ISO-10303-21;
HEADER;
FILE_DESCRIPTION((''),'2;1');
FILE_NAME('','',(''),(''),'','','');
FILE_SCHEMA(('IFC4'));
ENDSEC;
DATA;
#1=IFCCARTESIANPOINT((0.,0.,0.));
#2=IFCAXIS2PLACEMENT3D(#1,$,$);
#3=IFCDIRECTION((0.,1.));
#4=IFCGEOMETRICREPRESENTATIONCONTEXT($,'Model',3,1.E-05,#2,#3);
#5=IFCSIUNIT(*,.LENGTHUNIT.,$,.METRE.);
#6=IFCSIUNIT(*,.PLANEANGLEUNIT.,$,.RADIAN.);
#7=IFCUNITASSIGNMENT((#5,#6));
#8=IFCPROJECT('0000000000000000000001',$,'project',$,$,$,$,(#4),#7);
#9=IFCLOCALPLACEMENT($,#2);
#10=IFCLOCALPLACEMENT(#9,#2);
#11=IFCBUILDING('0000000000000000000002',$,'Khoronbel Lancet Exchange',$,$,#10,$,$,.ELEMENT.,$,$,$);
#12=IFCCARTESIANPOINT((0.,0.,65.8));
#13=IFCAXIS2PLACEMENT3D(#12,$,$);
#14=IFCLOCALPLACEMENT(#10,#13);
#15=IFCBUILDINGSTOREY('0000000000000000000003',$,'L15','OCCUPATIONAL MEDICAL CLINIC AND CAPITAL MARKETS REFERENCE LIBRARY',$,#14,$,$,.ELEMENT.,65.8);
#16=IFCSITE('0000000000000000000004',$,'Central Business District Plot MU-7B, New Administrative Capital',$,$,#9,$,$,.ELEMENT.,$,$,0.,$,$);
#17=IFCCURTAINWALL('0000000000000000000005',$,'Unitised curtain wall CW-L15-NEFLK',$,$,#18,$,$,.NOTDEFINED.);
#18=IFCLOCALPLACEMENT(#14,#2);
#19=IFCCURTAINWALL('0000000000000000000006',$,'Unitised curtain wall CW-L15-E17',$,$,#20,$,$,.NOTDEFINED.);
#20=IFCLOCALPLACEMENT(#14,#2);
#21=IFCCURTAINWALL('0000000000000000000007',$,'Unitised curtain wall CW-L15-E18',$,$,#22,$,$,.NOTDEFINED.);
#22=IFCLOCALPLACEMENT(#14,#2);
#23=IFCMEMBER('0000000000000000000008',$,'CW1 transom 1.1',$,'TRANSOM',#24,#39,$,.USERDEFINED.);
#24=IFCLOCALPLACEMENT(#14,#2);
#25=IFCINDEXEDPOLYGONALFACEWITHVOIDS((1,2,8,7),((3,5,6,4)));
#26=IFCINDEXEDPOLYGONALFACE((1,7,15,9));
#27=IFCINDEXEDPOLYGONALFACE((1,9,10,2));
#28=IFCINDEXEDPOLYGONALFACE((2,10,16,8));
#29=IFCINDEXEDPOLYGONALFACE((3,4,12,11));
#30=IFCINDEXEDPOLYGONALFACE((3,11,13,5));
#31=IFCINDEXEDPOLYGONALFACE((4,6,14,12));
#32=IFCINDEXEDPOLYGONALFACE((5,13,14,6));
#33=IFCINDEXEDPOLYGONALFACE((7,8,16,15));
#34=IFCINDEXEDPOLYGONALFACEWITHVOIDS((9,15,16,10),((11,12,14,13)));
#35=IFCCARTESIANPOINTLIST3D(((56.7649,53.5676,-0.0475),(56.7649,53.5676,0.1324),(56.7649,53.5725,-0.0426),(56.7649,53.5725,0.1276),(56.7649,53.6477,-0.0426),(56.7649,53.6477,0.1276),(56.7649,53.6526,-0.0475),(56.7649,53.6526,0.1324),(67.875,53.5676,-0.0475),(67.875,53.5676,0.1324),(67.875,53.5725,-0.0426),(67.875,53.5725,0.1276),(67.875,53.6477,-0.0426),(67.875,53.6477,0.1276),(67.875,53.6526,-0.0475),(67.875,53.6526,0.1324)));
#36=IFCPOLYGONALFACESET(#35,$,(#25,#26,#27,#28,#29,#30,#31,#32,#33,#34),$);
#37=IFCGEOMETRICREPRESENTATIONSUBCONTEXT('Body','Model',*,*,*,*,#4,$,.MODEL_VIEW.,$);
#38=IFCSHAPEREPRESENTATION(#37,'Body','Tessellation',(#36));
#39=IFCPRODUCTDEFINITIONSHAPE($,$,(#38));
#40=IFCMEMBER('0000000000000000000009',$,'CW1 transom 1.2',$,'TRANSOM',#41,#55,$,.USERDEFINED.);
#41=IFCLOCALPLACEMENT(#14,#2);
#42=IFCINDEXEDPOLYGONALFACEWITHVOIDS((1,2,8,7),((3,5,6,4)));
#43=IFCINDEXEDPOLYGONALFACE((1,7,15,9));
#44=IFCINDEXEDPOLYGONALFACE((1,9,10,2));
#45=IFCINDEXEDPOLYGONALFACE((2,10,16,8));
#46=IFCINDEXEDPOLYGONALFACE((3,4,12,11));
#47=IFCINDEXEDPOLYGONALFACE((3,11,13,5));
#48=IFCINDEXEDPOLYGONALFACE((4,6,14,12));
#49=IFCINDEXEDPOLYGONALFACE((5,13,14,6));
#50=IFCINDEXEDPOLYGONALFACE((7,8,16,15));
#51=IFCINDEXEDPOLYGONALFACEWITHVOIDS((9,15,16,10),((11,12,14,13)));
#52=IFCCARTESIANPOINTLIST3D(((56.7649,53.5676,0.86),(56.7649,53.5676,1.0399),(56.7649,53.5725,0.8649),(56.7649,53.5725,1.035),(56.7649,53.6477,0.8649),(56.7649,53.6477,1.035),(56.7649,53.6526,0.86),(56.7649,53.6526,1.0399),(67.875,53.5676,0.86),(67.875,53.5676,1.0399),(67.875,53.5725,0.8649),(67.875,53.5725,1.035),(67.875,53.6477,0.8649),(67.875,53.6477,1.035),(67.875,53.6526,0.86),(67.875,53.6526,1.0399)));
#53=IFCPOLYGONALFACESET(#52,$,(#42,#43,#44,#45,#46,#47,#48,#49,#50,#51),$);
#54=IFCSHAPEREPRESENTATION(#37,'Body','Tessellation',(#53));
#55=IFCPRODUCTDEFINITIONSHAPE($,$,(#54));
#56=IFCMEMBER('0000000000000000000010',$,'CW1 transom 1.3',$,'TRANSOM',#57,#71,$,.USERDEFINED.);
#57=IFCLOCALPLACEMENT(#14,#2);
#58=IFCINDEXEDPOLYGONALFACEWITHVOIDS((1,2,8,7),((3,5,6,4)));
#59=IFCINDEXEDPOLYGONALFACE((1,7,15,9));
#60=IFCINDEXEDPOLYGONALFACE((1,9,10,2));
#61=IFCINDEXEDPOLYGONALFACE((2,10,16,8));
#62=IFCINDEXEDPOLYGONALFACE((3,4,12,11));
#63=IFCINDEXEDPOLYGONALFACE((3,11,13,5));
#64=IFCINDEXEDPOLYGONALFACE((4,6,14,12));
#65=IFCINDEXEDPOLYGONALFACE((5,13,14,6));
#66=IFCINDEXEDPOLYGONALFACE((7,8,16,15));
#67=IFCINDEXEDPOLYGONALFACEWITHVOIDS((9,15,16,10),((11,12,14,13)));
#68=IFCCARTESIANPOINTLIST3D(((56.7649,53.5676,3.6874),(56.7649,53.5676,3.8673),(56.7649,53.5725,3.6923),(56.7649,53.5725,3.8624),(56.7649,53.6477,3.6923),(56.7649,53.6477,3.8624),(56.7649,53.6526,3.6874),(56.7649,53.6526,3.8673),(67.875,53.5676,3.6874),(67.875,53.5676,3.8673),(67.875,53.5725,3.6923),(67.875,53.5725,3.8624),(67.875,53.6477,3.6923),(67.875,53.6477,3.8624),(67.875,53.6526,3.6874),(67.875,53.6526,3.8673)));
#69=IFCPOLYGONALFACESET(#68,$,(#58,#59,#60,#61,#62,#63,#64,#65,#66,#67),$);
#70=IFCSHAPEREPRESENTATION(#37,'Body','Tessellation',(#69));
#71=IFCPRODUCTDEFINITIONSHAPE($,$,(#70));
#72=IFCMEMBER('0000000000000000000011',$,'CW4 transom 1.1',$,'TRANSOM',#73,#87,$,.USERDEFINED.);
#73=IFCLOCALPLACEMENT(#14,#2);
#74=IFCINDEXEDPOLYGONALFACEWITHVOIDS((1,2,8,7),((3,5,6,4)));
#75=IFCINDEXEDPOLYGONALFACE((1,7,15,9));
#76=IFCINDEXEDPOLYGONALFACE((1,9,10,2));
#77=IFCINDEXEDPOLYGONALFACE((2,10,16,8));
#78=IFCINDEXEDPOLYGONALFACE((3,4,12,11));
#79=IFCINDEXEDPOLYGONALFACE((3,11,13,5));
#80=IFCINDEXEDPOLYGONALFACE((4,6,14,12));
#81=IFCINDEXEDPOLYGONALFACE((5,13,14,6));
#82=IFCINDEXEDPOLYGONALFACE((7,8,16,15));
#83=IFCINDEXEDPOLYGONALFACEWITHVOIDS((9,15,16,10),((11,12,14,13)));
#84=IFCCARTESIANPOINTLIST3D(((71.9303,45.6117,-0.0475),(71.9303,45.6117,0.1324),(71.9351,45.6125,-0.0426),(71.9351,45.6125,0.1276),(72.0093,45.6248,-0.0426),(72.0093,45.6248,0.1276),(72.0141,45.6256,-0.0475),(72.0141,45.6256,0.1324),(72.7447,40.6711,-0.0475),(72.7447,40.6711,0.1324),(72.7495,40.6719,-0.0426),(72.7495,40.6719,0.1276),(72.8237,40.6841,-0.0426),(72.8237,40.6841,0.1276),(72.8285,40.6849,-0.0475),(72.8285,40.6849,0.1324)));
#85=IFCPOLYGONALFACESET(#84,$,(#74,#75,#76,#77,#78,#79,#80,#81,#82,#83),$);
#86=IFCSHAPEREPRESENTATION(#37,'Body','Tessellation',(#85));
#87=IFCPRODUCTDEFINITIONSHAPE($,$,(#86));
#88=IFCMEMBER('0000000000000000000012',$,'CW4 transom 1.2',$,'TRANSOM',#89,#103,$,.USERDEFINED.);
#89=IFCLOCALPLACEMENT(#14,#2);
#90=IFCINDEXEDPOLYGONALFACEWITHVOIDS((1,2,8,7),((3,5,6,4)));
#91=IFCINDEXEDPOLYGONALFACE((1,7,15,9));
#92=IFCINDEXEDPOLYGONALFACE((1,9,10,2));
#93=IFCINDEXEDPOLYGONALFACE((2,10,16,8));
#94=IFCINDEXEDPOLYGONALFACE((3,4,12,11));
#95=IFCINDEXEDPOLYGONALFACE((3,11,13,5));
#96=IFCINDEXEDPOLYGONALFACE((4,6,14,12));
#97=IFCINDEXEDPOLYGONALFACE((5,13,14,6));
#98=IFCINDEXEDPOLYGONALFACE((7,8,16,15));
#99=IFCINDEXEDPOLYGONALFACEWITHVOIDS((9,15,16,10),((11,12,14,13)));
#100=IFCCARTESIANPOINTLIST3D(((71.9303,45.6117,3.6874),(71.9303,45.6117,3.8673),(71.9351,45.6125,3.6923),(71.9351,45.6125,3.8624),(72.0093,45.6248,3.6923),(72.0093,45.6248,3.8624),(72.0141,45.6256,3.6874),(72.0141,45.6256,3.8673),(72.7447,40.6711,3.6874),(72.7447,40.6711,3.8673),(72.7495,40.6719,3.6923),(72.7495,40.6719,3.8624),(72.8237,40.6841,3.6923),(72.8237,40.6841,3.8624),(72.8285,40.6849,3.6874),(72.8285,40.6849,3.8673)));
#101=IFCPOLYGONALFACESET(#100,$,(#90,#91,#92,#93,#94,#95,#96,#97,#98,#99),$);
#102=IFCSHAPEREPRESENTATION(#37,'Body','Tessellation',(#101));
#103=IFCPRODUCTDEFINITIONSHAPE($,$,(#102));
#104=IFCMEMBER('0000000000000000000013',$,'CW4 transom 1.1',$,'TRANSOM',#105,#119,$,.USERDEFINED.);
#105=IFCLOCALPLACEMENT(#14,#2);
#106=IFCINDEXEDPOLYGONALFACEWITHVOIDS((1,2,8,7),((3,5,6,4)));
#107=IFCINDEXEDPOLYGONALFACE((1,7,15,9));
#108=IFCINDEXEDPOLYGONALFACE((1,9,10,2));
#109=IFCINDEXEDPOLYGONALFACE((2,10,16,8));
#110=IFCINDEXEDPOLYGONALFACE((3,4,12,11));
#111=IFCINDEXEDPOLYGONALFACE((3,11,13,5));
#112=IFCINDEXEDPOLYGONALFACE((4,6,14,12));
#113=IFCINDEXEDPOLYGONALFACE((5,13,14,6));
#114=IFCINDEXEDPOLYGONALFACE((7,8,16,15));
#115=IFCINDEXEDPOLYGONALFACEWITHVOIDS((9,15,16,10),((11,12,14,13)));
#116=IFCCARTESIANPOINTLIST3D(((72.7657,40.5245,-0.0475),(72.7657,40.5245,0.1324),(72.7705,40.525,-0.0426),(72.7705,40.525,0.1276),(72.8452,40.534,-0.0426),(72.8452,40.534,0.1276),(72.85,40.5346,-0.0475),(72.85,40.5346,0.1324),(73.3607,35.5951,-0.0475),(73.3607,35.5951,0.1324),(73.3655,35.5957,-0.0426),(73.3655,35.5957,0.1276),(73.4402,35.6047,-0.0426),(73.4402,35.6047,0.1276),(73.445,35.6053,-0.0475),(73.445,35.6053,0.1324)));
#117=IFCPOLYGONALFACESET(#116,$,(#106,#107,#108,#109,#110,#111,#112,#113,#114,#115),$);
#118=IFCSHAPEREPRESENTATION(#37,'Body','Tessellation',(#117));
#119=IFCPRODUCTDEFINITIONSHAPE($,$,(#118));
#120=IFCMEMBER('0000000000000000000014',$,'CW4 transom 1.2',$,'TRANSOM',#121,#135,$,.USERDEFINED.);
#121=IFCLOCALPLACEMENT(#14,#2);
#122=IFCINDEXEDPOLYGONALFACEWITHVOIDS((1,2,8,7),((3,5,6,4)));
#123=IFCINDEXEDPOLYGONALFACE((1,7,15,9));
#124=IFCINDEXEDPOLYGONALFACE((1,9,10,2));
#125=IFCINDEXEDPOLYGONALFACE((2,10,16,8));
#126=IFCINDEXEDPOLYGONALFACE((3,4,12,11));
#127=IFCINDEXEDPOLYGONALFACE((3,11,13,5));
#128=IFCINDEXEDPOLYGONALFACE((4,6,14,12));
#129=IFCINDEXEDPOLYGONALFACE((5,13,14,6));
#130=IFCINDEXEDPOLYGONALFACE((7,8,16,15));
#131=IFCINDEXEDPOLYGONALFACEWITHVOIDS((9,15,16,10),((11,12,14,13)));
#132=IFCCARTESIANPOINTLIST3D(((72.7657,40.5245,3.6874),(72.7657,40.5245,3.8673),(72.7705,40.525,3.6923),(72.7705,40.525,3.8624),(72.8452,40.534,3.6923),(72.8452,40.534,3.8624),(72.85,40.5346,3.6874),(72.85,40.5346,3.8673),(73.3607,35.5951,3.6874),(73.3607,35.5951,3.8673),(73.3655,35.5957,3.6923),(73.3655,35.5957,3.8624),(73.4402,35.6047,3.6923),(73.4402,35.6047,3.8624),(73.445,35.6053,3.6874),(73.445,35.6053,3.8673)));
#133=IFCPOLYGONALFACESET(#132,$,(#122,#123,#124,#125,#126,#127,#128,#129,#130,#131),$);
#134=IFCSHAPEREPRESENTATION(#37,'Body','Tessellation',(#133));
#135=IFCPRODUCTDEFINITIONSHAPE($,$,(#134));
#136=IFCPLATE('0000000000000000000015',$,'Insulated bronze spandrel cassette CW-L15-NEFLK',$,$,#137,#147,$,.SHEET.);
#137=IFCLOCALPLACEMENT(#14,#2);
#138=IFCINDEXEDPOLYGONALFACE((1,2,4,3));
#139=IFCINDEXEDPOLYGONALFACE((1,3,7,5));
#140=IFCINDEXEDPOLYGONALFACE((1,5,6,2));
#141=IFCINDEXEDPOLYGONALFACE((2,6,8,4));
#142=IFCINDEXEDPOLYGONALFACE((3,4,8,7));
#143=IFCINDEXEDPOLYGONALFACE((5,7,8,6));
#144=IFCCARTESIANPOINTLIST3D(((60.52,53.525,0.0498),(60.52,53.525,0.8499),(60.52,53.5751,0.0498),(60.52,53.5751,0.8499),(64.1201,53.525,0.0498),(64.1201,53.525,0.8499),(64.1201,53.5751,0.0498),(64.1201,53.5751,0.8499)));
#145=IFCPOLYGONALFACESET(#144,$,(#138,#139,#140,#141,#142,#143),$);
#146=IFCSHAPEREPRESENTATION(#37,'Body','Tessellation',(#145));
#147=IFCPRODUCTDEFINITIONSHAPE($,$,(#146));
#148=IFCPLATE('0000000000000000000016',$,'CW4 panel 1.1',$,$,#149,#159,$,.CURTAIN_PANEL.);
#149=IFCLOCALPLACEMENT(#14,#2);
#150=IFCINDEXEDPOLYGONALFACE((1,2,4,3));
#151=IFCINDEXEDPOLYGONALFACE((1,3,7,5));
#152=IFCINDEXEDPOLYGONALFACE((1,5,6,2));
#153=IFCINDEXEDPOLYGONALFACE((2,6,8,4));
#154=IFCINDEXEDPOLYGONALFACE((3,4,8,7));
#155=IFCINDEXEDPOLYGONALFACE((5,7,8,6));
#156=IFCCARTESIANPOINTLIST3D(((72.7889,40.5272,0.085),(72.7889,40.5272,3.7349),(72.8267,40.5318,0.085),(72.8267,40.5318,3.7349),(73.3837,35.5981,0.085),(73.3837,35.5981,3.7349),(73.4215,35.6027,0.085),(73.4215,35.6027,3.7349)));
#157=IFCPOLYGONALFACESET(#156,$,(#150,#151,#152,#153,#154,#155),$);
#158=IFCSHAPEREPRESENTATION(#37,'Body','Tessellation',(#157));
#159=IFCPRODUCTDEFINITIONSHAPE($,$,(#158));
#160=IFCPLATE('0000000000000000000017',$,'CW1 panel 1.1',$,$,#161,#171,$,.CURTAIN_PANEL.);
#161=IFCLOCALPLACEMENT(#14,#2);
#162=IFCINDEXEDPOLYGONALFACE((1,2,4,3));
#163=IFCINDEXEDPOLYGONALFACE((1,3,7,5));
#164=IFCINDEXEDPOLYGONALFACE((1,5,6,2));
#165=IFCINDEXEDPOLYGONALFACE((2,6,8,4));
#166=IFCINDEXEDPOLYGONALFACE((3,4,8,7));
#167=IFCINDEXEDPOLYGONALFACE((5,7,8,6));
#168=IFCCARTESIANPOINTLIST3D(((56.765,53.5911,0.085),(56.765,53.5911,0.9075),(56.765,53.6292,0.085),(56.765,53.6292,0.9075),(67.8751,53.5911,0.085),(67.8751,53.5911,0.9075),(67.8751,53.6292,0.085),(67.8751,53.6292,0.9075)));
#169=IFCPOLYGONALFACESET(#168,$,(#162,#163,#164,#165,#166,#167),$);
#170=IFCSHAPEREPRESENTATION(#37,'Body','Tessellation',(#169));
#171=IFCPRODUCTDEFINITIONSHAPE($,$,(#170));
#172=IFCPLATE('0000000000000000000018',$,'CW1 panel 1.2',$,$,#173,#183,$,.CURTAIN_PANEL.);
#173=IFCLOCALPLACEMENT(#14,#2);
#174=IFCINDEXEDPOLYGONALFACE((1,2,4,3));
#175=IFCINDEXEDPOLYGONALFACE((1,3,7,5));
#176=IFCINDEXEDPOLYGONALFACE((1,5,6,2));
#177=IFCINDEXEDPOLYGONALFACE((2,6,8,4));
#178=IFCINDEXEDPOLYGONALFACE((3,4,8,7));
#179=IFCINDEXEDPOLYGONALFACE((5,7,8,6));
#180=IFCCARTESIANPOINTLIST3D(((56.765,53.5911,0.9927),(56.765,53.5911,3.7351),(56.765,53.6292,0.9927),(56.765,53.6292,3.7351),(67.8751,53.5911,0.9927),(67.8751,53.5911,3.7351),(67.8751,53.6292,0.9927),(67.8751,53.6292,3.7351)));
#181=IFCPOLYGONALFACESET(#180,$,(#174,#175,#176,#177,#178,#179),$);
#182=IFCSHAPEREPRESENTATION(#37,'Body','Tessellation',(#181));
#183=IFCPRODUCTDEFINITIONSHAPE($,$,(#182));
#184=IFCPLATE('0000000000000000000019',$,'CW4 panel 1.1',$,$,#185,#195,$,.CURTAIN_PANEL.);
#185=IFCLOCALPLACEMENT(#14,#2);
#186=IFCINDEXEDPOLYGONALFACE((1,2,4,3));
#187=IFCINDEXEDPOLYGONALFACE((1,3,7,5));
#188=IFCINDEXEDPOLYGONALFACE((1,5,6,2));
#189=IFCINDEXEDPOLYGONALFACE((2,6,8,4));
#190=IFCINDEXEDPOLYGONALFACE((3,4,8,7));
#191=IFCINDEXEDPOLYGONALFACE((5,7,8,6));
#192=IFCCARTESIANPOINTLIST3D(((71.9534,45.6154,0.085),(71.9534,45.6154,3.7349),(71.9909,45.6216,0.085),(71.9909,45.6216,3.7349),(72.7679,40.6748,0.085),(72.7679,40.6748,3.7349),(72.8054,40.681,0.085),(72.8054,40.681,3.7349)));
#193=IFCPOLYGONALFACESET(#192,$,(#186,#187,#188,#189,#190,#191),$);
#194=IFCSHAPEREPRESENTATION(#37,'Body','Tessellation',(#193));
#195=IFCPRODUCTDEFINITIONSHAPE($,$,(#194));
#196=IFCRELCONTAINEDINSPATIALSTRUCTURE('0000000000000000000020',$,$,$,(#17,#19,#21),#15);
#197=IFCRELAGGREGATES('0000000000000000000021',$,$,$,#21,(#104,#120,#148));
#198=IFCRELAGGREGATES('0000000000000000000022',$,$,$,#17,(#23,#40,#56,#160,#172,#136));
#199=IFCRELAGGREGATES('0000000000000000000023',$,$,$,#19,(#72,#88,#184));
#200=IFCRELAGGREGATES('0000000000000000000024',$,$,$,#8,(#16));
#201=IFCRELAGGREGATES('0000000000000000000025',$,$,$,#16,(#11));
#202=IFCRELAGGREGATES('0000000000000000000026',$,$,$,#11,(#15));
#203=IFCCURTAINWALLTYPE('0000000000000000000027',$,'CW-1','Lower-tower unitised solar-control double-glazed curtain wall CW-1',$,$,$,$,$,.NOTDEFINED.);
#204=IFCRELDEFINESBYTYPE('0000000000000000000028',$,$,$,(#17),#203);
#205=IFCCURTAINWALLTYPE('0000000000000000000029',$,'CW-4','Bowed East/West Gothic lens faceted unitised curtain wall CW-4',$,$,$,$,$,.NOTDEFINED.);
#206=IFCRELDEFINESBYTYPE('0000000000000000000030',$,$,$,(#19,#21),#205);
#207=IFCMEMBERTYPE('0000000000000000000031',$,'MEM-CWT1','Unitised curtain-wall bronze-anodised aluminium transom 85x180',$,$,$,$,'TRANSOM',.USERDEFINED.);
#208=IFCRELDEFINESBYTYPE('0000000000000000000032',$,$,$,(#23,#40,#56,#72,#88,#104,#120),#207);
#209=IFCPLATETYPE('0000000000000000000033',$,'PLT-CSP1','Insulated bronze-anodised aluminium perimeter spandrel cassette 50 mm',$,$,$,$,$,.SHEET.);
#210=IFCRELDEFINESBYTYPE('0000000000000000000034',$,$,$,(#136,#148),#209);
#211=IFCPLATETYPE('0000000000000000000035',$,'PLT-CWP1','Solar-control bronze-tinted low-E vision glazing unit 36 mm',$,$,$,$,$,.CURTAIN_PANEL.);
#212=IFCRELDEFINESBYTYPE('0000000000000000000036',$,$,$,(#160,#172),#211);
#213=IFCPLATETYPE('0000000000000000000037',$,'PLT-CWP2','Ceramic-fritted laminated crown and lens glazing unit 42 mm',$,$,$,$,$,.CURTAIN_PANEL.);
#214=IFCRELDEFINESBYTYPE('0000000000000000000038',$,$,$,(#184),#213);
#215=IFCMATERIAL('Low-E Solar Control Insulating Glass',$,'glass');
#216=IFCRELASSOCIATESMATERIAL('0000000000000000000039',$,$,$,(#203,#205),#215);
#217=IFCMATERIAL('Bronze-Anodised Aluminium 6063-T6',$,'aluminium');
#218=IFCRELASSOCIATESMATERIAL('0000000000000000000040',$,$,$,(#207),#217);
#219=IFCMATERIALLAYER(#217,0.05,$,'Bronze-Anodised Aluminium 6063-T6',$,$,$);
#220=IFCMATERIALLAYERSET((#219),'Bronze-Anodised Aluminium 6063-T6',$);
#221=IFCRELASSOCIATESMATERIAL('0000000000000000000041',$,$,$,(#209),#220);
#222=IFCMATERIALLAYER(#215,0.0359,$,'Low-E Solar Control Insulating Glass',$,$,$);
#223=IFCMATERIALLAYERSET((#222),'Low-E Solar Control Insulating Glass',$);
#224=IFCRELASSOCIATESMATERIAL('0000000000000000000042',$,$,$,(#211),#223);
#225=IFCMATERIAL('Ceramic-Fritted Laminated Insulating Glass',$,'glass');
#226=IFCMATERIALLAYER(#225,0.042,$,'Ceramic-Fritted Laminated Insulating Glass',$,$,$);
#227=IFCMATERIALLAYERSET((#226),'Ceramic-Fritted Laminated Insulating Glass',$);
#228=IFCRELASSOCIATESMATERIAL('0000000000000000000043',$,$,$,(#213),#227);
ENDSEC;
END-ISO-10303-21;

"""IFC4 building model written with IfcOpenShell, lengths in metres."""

from ifc_helpers import new_model, si_unit, direction, frame, origin, origin_2d, place, context, subcontext, project, spatial, rectangle, hollow_rectangle, extrude, material, layer, layer_set, material_profile, profile_set, type_object, element, aggregate, save


model = new_model("IFC4")

# Units and contexts
model_context = context("Model", 3, precision=1e-05, world=origin(), true_north=direction((0.0, 1.0)))
body_context = subcontext(model_context, "Body", "Model", "MODEL_VIEW")
ifc_project = project(units=[si_unit("LENGTHUNIT", "METRE"), si_unit("PLANEANGLEUNIT", "RADIAN")], contexts=[model_context])

# Site, building, storey
site_placement = place(None, origin())
site = spatial("IfcSite", under=ifc_project, at=site_placement, Name="Central Business District Plot MU-7B, New Administrative Capital", CompositionType="ELEMENT", RefElevation=0.0)
building_placement = place(site_placement, origin())
building = spatial("IfcBuilding", under=site, at=building_placement, Name="Khoronbel Lancet Exchange", CompositionType="ELEMENT")
storey_placement = place(building_placement, frame((0.0, 0.0, 65.8)))
storey = spatial("IfcBuildingStorey", under=building, at=storey_placement, Name="L15", Description="OCCUPATIONAL MEDICAL CLINIC AND CAPITAL MARKETS REFERENCE LIBRARY", CompositionType="ELEMENT", Elevation=65.8)

# Curtain wall
ifc_material_1 = material(Name="Low-E Solar Control Insulating Glass", Category="glass")
curtain_wall_type_1 = type_object("IfcCurtainWallType", Name="CW-1", Description="Lower-tower unitised solar-control double-glazed curtain wall CW-1", PredefinedType="NOTDEFINED", material=ifc_material_1)
curtain_wall_1_placement = place(storey_placement, origin())
curtain_wall_1 = element("IfcCurtainWall", 1, at=curtain_wall_1_placement, inside=storey, type_object=curtain_wall_type_1, Name="Unitised curtain wall CW-L15-NEFLK", PredefinedType="NOTDEFINED")
ifc_material_2 = material(Name="Bronze-Anodised Aluminium 6063-T6", Category="aluminium")

# Curtain wall
curtain_wall_type_2 = type_object("IfcCurtainWallType", Name="CW-4", Description="Bowed East/West Gothic lens faceted unitised curtain wall CW-4", PredefinedType="NOTDEFINED", material=ifc_material_1)
curtain_wall_2_placement = place(storey_placement, origin())
curtain_wall_2 = element("IfcCurtainWall", 2, at=curtain_wall_2_placement, inside=storey, type_object=curtain_wall_type_2, Name="Unitised curtain wall CW-L15-E17", PredefinedType="NOTDEFINED")

# Curtain wall
curtain_wall_3_placement = place(storey_placement, origin())
curtain_wall_3 = element("IfcCurtainWall", 3, at=curtain_wall_3_placement, inside=storey, type_object=curtain_wall_type_2, Name="Unitised curtain wall CW-L15-E18", PredefinedType="NOTDEFINED")

# Members
ifc_material_profile_1 = material_profile(ifc_material_2, hollow_rectangle(XDim=0.085, YDim=0.1799, WallThickness=0.0049, at=origin_2d()), Name="ALU TRANSOM 85x180")
ifc_profile_set_1 = profile_set([ifc_material_profile_1], Name="Bronze-Anodised Aluminium 6063-T6")
member_type_1 = type_object("IfcMemberType", Name="MEM-CWT1", Description="Unitised curtain-wall bronze-anodised aluminium transom 85x180", ElementType="TRANSOM", PredefinedType="USERDEFINED", material=ifc_profile_set_1)
member_1_placement = place(storey_placement, frame((67.875, 53.6101, 0.0425), z_axis=(-1.0, 0.0, 0.0), x_axis=(0.0, -1.0, 0.0)))
member_1 = element("IfcMember", 4, at=member_1_placement, type_object=member_type_1, Name="CW1 transom 1.1", ObjectType="TRANSOM", PredefinedType="USERDEFINED", context=body_context, shape_type="SweptSolid", body=[
    extrude(hollow_rectangle(XDim=0.085, YDim=0.1799, WallThickness=0.0049, at=origin_2d()), origin(), (0.0, 0.0, 1.0), 11.1101),
])
member_2_placement = place(storey_placement, frame((67.875, 53.6101, 0.95), z_axis=(-1.0, 0.0, 0.0), x_axis=(0.0, -1.0, 0.0)))
member_2 = element("IfcMember", 5, at=member_2_placement, type_object=member_type_1, Name="CW1 transom 1.2", ObjectType="TRANSOM", PredefinedType="USERDEFINED", context=body_context, shape_type="SweptSolid", body=[
    extrude(hollow_rectangle(XDim=0.085, YDim=0.1799, WallThickness=0.0049, at=origin_2d()), origin(), (0.0, 0.0, 1.0), 11.1101),
])
member_3_placement = place(storey_placement, frame((67.875, 53.6101, 3.7773), z_axis=(-1.0, 0.0, 0.0), x_axis=(0.0, -1.0, 0.0)))
member_3 = element("IfcMember", 6, at=member_3_placement, type_object=member_type_1, Name="CW1 transom 1.3", ObjectType="TRANSOM", PredefinedType="USERDEFINED", context=body_context, shape_type="SweptSolid", body=[
    extrude(hollow_rectangle(XDim=0.085, YDim=0.1799, WallThickness=0.0049, at=origin_2d()), origin(), (0.0, 0.0, 1.0), 11.1101),
])
member_4_placement = place(storey_placement, frame((71.9722, 45.6187, 0.0425), z_axis=(0.162651, -0.986684, 0.0), x_axis=(0.986684, 0.162651, 0.0)))
member_4 = element("IfcMember", 7, at=member_4_placement, type_object=member_type_1, Name="CW4 transom 1.1", ObjectType="TRANSOM", PredefinedType="USERDEFINED", context=body_context, shape_type="SweptSolid", body=[
    extrude(hollow_rectangle(XDim=0.085, YDim=0.1799, WallThickness=0.0049, at=origin_2d()), origin(), (0.0, 0.0, 1.0), 5.0073),
])
member_5_placement = place(storey_placement, frame((71.9722, 45.6187, 3.7773), z_axis=(0.162651, -0.986684, 0.0), x_axis=(0.986684, 0.162651, 0.0)))
member_5 = element("IfcMember", 8, at=member_5_placement, type_object=member_type_1, Name="CW4 transom 1.2", ObjectType="TRANSOM", PredefinedType="USERDEFINED", context=body_context, shape_type="SweptSolid", body=[
    extrude(hollow_rectangle(XDim=0.085, YDim=0.1799, WallThickness=0.0049, at=origin_2d()), origin(), (0.0, 0.0, 1.0), 5.0073),
])
member_6_placement = place(storey_placement, frame((72.8079, 40.5295, 0.0425), z_axis=(0.119834, -0.992794, 0.0), x_axis=(0.992794, 0.119834, 0.0)))
member_6 = element("IfcMember", 9, at=member_6_placement, type_object=member_type_1, Name="CW4 transom 1.1", ObjectType="TRANSOM", PredefinedType="USERDEFINED", context=body_context, shape_type="SweptSolid", body=[
    extrude(hollow_rectangle(XDim=0.085, YDim=0.1799, WallThickness=0.0049, at=origin_2d()), origin(), (0.0, 0.0, 1.0), 4.9651),
])
member_7_placement = place(storey_placement, frame((72.8079, 40.5295, 3.7773), z_axis=(0.119834, -0.992794, 0.0), x_axis=(0.992794, 0.119834, 0.0)))
member_7 = element("IfcMember", 10, at=member_7_placement, type_object=member_type_1, Name="CW4 transom 1.2", ObjectType="TRANSOM", PredefinedType="USERDEFINED", context=body_context, shape_type="SweptSolid", body=[
    extrude(hollow_rectangle(XDim=0.085, YDim=0.1799, WallThickness=0.0049, at=origin_2d()), origin(), (0.0, 0.0, 1.0), 4.9651),
])

# Plates
ifc_layer_1 = layer(ifc_material_2, 0.05, Name="Bronze-Anodised Aluminium 6063-T6")
ifc_layer_set_1 = layer_set([ifc_layer_1], Name="Bronze-Anodised Aluminium 6063-T6")
plate_type_1 = type_object("IfcPlateType", Name="PLT-CSP1", Description="Insulated bronze-anodised aluminium perimeter spandrel cassette 50 mm", PredefinedType="SHEET", material=ifc_layer_set_1)
plate_1_placement = place(storey_placement, frame((62.3201, 53.55, 0.0498), z_axis=(0.0, 0.0, 1.0), x_axis=(-1.0, 0.0, 0.0)))
plate_1 = element("IfcPlate", 11, at=plate_1_placement, type_object=plate_type_1, Name="Insulated bronze spandrel cassette CW-L15-NEFLK", PredefinedType="SHEET", context=body_context, shape_type="SweptSolid", body=[
    extrude(rectangle(XDim=3.6001, YDim=0.05, at=origin_2d()), origin(), (0.0, 0.0, 1.0), 0.8),
])
plate_2_placement = place(storey_placement, frame((73.1052, 38.0649, 0.085), z_axis=(0.0, 0.0, 1.0), x_axis=(0.119806, -0.992797, 0.0)))
plate_2 = element("IfcPlate", 12, at=plate_2_placement, type_object=plate_type_1, Name="CW4 panel 1.1", PredefinedType="CURTAIN_PANEL", context=body_context, shape_type="SweptSolid", body=[
    extrude(rectangle(XDim=4.9648, YDim=0.0381, at=origin_2d()), origin(), (0.0, 0.0, 1.0), 3.6499),
])
aggregate(curtain_wall_3, [member_6, member_7, plate_2])
ifc_layer_2 = layer(ifc_material_1, 0.0359, Name="Low-E Solar Control Insulating Glass")
ifc_layer_set_2 = layer_set([ifc_layer_2], Name="Low-E Solar Control Insulating Glass")
plate_type_2 = type_object("IfcPlateType", Name="PLT-CWP1", Description="Solar-control bronze-tinted low-E vision glazing unit 36 mm", PredefinedType="CURTAIN_PANEL", material=ifc_layer_set_2)
plate_3_placement = place(storey_placement, frame((62.3201, 53.6101, 0.085), z_axis=(0.0, 0.0, 1.0), x_axis=(-1.0, 0.0, 0.0)))
plate_3 = element("IfcPlate", 13, at=plate_3_placement, type_object=plate_type_2, Name="CW1 panel 1.1", PredefinedType="CURTAIN_PANEL", context=body_context, shape_type="SweptSolid", body=[
    extrude(rectangle(XDim=11.1101, YDim=0.0381, at=origin_2d()), origin(), (0.0, 0.0, 1.0), 0.8225),
])
plate_4_placement = place(storey_placement, frame((62.3201, 53.6101, 0.9927), z_axis=(0.0, 0.0, 1.0), x_axis=(-1.0, 0.0, 0.0)))
plate_4 = element("IfcPlate", 14, at=plate_4_placement, type_object=plate_type_2, Name="CW1 panel 1.2", PredefinedType="CURTAIN_PANEL", context=body_context, shape_type="SweptSolid", body=[
    extrude(rectangle(XDim=11.1101, YDim=0.0381, at=origin_2d()), origin(), (0.0, 0.0, 1.0), 2.7424),
])
aggregate(curtain_wall_1, [member_1, member_2, member_3, plate_3, plate_4, plate_1])
ifc_material_3 = material(Name="Ceramic-Fritted Laminated Insulating Glass", Category="glass")
ifc_layer_3 = layer(ifc_material_3, 0.042, Name="Ceramic-Fritted Laminated Insulating Glass")
ifc_layer_set_3 = layer_set([ifc_layer_3], Name="Ceramic-Fritted Laminated Insulating Glass")
plate_type_3 = type_object("IfcPlateType", Name="PLT-CWP2", Description="Ceramic-fritted laminated crown and lens glazing unit 42 mm", PredefinedType="CURTAIN_PANEL", material=ifc_layer_set_3)
plate_5_placement = place(storey_placement, frame((72.3794, 43.1482, 0.085), z_axis=(0.0, 0.0, 1.0), x_axis=(0.162663, -0.986682, 0.0)))
plate_5 = element("IfcPlate", 15, at=plate_5_placement, type_object=plate_type_3, Name="CW4 panel 1.1", PredefinedType="CURTAIN_PANEL", context=body_context, shape_type="SweptSolid", body=[
    extrude(rectangle(XDim=5.0073, YDim=0.0381, at=origin_2d()), origin(), (0.0, 0.0, 1.0), 3.6499),
])
aggregate(curtain_wall_2, [member_4, member_5, plate_5])

save(model, "model.ifc")
